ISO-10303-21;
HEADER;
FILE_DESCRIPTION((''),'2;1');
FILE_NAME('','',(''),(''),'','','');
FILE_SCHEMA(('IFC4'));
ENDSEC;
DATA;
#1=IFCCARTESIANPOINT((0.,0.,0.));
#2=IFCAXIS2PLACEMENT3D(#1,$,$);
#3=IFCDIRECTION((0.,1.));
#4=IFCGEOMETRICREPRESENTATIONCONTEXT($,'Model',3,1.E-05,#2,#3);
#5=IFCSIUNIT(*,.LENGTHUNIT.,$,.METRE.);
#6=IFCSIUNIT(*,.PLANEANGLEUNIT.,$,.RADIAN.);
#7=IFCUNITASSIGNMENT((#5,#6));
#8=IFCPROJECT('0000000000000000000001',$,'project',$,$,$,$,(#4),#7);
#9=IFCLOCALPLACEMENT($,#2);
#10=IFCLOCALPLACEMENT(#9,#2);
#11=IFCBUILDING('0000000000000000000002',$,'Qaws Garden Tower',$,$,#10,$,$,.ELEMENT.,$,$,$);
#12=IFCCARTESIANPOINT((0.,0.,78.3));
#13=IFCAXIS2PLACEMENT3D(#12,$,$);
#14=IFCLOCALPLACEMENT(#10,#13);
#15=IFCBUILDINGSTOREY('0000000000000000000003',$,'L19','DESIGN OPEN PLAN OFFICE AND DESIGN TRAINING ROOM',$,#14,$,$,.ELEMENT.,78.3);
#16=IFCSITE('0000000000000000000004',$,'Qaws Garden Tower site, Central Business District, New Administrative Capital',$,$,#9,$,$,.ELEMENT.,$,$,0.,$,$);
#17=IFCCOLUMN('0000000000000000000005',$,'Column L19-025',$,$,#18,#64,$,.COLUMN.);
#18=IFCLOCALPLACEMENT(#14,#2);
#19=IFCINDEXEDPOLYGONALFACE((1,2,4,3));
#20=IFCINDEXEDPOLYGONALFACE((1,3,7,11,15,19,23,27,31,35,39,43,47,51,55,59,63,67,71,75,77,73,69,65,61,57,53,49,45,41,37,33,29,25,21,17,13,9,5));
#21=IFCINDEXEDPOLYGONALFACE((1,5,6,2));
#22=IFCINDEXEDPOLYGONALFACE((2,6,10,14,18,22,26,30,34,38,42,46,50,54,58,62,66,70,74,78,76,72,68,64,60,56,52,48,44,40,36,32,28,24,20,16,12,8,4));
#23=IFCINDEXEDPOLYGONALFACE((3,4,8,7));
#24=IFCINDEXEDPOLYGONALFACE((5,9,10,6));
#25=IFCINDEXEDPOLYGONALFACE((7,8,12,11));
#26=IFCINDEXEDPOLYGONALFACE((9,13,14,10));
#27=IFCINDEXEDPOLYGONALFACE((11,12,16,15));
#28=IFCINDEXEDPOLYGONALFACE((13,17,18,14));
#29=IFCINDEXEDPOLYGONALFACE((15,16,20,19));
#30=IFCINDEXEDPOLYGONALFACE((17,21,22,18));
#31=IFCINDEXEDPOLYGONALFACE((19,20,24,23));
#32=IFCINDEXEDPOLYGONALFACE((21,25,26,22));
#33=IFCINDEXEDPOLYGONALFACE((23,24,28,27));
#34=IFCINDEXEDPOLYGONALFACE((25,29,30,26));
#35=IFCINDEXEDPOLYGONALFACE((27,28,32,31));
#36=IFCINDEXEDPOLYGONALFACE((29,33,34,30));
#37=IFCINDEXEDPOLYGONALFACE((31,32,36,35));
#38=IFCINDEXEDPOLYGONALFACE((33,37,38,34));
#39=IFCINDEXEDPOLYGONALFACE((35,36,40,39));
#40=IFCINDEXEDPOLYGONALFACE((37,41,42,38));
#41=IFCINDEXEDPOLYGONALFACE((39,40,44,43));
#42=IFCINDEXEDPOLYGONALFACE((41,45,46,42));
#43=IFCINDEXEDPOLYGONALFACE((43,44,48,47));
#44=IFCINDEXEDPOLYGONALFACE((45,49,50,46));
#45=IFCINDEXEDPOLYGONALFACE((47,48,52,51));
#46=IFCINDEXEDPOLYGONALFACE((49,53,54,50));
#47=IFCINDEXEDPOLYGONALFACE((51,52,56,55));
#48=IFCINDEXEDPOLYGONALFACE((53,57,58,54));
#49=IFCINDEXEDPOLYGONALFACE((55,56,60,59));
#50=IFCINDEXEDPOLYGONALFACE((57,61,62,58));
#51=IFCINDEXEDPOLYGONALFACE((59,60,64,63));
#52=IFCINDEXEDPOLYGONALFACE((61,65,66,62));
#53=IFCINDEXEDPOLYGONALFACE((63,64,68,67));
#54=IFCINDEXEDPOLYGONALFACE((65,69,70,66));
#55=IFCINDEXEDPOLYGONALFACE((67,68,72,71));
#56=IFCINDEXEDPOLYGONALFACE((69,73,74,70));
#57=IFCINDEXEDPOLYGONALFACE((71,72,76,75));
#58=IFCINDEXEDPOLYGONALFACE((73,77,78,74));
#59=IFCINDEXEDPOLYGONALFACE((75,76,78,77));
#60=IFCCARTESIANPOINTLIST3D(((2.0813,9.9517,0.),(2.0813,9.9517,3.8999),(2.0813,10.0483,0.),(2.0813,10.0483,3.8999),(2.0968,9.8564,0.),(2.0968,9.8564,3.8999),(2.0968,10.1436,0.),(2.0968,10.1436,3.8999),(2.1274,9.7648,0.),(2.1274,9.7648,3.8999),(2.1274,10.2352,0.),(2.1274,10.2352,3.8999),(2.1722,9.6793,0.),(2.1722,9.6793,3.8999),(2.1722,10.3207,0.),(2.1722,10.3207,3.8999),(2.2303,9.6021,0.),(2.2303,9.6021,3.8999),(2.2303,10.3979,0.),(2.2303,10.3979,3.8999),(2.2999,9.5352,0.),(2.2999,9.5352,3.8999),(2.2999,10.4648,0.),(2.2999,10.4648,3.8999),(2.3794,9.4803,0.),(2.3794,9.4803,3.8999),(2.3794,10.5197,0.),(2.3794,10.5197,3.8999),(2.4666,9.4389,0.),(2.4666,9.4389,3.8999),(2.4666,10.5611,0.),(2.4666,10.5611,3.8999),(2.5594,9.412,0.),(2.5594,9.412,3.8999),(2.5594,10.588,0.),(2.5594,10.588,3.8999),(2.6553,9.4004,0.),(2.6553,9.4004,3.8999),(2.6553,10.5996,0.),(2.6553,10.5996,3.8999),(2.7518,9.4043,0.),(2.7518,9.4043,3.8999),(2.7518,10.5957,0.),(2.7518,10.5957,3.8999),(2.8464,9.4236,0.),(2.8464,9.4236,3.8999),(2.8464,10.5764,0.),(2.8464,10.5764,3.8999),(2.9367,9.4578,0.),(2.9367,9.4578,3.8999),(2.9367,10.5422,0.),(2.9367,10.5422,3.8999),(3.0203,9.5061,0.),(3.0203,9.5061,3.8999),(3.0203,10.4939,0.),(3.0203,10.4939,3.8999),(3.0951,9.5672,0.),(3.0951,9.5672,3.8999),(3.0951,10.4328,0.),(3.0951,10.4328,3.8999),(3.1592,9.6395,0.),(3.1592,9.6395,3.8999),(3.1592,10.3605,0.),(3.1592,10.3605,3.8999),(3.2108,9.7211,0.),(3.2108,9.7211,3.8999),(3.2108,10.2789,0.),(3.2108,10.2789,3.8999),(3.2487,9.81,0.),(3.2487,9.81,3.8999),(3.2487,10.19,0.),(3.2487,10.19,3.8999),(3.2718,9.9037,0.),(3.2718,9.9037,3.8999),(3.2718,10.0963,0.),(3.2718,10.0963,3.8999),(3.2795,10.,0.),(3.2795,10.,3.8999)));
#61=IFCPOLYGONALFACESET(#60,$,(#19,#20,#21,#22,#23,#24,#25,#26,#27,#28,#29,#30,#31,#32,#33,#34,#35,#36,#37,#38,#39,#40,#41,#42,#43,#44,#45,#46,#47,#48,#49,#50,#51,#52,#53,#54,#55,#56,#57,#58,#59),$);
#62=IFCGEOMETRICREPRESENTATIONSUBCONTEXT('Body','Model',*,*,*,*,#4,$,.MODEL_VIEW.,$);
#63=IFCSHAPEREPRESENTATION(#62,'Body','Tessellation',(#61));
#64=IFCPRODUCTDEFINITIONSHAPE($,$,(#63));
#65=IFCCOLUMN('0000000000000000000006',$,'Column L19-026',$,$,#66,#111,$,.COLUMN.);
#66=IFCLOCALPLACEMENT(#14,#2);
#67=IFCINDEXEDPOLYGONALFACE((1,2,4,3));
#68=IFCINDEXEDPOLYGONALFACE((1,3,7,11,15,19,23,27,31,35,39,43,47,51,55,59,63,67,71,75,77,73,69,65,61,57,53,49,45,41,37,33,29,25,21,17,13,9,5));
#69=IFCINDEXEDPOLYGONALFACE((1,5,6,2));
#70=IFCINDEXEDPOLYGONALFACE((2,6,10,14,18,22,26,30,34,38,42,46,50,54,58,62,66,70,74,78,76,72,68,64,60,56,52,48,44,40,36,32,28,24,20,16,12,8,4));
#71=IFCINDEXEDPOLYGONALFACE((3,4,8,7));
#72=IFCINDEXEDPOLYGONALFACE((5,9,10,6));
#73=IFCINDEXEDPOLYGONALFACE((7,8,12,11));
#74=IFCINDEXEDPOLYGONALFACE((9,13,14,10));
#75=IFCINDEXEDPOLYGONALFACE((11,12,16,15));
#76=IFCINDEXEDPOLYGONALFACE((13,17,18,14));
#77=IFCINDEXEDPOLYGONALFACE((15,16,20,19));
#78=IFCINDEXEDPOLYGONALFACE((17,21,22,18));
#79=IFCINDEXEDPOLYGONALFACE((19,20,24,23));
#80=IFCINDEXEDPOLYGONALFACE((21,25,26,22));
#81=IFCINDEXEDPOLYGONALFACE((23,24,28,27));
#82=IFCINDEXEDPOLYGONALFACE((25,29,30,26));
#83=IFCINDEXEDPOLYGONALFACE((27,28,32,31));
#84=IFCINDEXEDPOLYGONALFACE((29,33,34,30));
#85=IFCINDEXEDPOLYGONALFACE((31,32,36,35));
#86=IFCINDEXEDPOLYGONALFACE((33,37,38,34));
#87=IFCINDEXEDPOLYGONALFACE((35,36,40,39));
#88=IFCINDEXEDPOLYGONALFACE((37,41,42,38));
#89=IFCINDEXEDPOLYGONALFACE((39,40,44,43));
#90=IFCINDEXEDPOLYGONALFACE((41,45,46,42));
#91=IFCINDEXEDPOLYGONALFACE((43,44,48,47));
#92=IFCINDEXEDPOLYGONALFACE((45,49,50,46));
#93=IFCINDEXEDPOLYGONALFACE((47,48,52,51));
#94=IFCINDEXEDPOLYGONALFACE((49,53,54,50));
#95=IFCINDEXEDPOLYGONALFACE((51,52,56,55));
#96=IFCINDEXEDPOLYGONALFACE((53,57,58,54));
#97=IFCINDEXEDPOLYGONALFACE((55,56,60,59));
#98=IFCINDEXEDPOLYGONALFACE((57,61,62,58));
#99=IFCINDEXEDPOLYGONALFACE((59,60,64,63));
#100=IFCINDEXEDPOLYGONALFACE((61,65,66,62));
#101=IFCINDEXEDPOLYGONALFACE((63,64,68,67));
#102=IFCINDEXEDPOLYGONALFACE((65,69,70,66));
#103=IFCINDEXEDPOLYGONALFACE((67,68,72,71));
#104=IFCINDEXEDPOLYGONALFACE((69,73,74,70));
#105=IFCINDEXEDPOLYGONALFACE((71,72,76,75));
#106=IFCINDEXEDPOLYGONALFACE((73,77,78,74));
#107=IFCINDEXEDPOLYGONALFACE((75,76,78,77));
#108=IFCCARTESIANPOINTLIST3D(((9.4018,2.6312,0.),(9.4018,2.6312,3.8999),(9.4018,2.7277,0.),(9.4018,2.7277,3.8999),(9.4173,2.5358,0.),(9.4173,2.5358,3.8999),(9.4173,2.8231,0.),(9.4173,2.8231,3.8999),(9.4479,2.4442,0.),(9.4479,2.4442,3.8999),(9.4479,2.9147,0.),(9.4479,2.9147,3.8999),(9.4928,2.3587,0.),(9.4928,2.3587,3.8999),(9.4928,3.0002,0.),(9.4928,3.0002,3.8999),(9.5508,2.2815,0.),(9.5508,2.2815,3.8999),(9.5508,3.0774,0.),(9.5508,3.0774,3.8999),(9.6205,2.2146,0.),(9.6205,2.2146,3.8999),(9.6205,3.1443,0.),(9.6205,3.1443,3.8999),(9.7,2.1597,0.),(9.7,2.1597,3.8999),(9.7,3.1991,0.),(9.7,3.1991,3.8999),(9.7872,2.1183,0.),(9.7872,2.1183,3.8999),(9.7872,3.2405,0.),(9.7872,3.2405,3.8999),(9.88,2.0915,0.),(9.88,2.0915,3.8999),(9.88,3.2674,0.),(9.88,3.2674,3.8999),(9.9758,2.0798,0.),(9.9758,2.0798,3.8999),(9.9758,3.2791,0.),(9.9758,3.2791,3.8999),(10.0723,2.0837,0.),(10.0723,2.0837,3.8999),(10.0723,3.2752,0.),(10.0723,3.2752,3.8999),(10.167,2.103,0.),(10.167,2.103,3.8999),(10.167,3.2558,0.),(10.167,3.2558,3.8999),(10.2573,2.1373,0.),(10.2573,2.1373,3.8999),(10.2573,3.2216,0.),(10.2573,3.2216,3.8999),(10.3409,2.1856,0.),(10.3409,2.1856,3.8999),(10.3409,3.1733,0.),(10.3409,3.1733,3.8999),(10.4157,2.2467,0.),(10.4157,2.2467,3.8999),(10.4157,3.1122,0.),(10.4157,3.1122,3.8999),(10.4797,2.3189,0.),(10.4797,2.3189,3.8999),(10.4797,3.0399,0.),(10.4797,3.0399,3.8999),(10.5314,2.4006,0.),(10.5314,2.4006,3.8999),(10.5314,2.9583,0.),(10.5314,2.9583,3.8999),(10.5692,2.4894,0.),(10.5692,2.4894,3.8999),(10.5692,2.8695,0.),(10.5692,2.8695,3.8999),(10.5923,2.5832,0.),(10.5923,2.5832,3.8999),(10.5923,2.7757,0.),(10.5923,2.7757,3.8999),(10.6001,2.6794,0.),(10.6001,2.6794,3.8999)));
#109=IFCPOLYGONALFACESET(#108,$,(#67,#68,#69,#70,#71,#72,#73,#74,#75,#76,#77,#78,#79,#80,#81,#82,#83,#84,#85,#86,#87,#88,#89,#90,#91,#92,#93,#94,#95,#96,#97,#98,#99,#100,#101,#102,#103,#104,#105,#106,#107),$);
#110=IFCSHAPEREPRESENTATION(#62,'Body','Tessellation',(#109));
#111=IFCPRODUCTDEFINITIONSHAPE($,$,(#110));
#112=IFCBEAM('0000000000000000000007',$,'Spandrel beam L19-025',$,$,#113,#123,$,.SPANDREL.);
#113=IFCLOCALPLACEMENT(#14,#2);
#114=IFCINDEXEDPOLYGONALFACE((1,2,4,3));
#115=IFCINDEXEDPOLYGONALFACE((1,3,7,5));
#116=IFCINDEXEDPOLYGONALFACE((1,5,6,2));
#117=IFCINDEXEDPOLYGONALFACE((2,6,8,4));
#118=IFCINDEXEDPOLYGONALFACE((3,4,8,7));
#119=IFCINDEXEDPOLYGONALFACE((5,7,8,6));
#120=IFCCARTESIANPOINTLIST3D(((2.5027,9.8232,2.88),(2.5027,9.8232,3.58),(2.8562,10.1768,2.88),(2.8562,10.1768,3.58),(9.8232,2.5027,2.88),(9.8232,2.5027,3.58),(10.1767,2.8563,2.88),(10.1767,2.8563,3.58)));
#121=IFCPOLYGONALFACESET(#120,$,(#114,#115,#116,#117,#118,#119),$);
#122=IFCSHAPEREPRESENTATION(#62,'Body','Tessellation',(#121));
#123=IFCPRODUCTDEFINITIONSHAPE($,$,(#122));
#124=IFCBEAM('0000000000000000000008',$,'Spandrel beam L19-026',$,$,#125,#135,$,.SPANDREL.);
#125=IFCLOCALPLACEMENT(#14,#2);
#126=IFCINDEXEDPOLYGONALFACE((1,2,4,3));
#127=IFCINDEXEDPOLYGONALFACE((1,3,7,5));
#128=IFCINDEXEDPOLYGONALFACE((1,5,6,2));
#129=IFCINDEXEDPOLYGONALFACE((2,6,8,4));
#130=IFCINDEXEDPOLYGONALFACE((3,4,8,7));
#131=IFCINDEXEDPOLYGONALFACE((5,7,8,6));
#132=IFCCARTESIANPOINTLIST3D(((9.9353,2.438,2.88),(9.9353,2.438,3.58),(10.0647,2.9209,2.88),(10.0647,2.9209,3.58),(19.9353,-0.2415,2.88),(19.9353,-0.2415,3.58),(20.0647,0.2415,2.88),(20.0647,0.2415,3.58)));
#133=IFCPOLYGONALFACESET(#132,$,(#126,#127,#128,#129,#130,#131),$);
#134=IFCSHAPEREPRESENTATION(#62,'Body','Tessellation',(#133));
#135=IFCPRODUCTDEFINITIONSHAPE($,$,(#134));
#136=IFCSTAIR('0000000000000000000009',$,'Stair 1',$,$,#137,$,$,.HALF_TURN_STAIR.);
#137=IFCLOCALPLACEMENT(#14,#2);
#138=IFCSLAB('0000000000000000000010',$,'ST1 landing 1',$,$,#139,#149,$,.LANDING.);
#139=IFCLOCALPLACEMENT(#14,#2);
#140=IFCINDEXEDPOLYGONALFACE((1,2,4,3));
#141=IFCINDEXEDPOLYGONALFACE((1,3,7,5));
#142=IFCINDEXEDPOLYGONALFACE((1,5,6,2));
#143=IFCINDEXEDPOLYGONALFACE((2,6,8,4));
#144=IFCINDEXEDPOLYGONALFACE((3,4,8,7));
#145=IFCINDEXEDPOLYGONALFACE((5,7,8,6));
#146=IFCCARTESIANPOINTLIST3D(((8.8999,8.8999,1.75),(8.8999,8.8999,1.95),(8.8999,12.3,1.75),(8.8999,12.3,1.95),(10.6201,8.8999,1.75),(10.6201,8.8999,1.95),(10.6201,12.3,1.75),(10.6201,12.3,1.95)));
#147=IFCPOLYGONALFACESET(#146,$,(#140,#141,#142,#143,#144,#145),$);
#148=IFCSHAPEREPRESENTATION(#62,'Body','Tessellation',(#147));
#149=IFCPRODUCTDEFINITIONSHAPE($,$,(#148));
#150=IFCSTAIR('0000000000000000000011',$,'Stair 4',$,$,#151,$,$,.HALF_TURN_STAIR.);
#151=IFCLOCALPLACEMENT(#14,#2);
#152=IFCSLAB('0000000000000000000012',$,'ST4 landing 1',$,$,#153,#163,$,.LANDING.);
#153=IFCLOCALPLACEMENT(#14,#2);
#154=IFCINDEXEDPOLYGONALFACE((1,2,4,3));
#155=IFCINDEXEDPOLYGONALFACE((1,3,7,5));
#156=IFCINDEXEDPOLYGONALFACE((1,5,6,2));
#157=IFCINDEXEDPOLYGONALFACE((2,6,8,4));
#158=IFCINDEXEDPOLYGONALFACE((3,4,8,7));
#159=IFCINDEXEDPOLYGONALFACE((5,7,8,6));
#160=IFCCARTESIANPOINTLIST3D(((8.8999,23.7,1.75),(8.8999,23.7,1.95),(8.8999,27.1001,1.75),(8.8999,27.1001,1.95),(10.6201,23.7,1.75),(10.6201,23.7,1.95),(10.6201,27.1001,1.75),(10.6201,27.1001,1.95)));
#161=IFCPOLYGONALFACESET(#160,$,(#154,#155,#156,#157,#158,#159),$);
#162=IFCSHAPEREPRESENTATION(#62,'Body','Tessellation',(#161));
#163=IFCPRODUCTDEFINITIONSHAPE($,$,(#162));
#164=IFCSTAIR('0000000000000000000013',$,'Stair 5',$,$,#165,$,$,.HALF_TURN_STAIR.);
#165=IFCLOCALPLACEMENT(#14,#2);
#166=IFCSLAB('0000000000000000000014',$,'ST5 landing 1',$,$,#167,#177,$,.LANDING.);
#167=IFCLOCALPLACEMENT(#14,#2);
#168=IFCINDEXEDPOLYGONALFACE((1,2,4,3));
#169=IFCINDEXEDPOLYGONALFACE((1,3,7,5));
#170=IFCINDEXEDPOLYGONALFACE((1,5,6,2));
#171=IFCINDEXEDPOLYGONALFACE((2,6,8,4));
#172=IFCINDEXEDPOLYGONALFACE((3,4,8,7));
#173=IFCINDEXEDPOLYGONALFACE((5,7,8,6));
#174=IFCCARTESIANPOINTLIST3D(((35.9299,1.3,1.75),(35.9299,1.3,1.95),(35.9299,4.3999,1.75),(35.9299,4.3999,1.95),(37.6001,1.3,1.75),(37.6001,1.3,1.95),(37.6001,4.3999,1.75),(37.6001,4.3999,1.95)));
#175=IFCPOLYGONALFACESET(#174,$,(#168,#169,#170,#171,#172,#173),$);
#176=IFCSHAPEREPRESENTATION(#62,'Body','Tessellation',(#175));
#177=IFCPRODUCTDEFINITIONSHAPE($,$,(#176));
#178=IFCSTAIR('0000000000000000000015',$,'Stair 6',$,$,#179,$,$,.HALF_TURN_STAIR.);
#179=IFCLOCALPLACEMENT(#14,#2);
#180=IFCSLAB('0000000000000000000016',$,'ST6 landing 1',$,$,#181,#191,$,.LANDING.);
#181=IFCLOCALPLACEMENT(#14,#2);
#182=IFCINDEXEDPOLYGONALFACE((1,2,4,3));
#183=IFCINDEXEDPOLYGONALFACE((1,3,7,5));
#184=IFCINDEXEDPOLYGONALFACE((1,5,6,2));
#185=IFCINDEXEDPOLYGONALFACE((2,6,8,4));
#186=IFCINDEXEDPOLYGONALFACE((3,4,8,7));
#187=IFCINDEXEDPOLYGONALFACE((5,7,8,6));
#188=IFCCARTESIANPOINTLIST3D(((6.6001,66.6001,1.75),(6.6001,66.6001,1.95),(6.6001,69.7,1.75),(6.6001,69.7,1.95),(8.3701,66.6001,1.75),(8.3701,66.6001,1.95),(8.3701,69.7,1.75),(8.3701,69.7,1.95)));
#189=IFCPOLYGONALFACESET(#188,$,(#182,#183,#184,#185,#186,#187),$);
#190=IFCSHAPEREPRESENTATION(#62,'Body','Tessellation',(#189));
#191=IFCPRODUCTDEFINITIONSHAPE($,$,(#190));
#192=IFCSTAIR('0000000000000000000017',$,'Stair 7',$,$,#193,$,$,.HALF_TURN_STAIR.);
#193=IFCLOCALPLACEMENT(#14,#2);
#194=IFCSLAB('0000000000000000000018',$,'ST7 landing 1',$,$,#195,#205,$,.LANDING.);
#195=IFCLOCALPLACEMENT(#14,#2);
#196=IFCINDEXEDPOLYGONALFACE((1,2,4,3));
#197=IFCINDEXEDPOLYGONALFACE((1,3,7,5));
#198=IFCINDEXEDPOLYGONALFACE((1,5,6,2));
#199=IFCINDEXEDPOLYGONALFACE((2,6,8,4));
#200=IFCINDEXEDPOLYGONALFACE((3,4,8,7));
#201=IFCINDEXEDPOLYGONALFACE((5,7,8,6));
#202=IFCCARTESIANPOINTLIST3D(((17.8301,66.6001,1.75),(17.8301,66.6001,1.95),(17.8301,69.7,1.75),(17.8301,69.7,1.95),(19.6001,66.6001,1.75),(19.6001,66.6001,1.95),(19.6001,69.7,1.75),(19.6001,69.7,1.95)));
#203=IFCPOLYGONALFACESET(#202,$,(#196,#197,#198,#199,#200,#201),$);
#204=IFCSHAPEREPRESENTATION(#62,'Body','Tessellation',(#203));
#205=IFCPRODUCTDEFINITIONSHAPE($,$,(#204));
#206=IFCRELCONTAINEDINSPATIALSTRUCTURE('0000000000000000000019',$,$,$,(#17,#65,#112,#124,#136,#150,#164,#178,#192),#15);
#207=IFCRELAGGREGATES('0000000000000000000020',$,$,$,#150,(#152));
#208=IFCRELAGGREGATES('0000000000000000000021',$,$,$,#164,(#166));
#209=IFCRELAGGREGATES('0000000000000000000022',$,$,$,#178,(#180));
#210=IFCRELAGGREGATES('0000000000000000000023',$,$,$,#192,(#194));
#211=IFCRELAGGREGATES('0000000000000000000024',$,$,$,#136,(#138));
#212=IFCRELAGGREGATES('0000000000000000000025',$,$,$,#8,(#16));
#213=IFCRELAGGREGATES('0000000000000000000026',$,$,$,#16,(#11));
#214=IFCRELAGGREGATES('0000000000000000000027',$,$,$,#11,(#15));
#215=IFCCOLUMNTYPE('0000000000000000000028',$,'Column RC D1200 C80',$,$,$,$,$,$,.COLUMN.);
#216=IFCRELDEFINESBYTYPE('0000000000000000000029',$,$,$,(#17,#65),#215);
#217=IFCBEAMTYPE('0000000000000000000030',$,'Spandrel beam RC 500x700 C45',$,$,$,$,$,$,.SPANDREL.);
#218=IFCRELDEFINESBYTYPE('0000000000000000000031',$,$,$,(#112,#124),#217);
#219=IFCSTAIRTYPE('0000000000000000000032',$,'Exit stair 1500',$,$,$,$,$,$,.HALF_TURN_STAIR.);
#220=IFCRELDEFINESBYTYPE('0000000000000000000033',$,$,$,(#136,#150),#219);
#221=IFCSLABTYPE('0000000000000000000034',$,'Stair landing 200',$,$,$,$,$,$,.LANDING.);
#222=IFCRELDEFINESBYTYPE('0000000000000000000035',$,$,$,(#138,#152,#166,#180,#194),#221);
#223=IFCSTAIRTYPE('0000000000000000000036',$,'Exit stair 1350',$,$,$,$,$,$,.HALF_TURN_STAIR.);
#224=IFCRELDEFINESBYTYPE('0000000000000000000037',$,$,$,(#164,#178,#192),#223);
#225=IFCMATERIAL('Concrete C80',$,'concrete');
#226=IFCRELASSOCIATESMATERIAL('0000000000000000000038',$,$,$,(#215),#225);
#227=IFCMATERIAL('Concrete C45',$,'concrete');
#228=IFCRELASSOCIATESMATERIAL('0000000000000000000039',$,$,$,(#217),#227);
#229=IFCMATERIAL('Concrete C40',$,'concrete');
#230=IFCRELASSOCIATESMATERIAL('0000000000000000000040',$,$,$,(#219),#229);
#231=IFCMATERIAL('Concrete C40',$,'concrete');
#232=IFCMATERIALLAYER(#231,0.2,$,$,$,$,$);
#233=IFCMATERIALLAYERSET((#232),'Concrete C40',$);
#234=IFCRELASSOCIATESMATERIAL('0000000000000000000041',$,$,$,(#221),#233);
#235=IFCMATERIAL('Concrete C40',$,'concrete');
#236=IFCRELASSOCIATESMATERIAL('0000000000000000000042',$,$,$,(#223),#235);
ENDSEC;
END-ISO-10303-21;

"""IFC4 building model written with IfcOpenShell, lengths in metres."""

from ifc_helpers import new_model, si_unit, direction, frame, origin, origin_2d, place, context, subcontext, project, spatial, polyline, rectangle, circle, outline, extrude, material, layer, layer_set, material_profile, profile_set, type_object, element, aggregate, save


model = new_model("IFC4")

# Units and contexts
model_context = context("Model", 3, precision=1e-05, world=origin(), true_north=direction((0.0, 1.0)))
body_context = subcontext(model_context, "Body", "Model", "MODEL_VIEW")
ifc_project = project(units=[si_unit("LENGTHUNIT", "METRE"), si_unit("PLANEANGLEUNIT", "RADIAN")], contexts=[model_context])

# Site, building, storey
site_placement = place(None, origin())
site = spatial("IfcSite", under=ifc_project, at=site_placement, Name="Qaws Garden Tower site, Central Business District, New Administrative Capital", CompositionType="ELEMENT", RefElevation=0.0)
building_placement = place(site_placement, origin())
building = spatial("IfcBuilding", under=site, at=building_placement, Name="Qaws Garden Tower", CompositionType="ELEMENT")
storey_placement = place(building_placement, frame((0.0, 0.0, 78.3)))
storey = spatial("IfcBuildingStorey", under=building, at=storey_placement, Name="L19", Description="DESIGN OPEN PLAN OFFICE AND DESIGN TRAINING ROOM", CompositionType="ELEMENT", Elevation=78.3)

# Columns
ifc_material_1 = material(Name="Concrete C80", Category="concrete")
ifc_material_profile_1 = material_profile(ifc_material_1, circle(Radius=0.6001, at=origin_2d()), Name="RC D1200")
ifc_profile_set_1 = profile_set([ifc_material_profile_1], Name="Concrete C80")
column_type = type_object("IfcColumnType", Name="Column RC D1200 C80", PredefinedType="COLUMN", material=ifc_profile_set_1)
for number, where, z_axis, x_axis, name in (
    (1, (2.6794, 10.0, 0.0), (0.0, 0.0, 1.0), (1.0, 0.0, 0.0), "Column L19-025"),
    (2, (10.0, 2.6794, 0.0), (0.0, 0.0, 1.0), (1.0, 0.0, 0.0), "Column L19-026"),
):
    element("IfcColumn", number, at=place(storey_placement, frame(where, z_axis=z_axis, x_axis=x_axis)), inside=storey, type_object=column_type, Name=name, PredefinedType="COLUMN", context=body_context, shape_type="SweptSolid", body=[
        extrude(circle(Radius=0.6001, at=origin_2d()), origin(), (0.0, 0.0, 1.0), 3.8999),
    ])

# Beams
ifc_material_2 = material(Name="Concrete C45", Category="concrete")
ifc_material_profile_2 = material_profile(ifc_material_2, rectangle(XDim=0.5, YDim=0.7, at=origin_2d()), Name="RC 500x700")
ifc_profile_set_2 = profile_set([ifc_material_profile_2], Name="Concrete C45")
beam_type = type_object("IfcBeamType", Name="Spandrel beam RC 500x700 C45", PredefinedType="SPANDREL", material=ifc_profile_set_2)
for number, where, z_axis, x_axis, name in (
    (3, (2.6794, 10.0, 3.23), (0.707107, -0.707107, 0.0), (0.707107, 0.707107, 0.0), "Spandrel beam L19-025"),
    (4, (10.0, 2.6794, 3.23), (0.965927, -0.258815, 0.0), (0.258815, 0.965927, 0.0), "Spandrel beam L19-026"),
):
    element("IfcBeam", number, at=place(storey_placement, frame(where, z_axis=z_axis, x_axis=x_axis)), inside=storey, type_object=beam_type, Name=name, PredefinedType="SPANDREL", context=body_context, shape_type="SweptSolid", body=[
        extrude(rectangle(XDim=0.5, YDim=0.7, at=origin_2d()), origin(), (0.0, 0.0, 1.0), 10.3528),
    ])

# Stairs, slabs
ifc_material_3 = material(Name="Concrete C40", Category="concrete")
stair_type_1 = type_object("IfcStairType", Name="Exit stair 1500", PredefinedType="HALF_TURN_STAIR", material=ifc_material_3)
placement_1 = place(storey_placement, origin())
stair_1 = element("IfcStair", 5, at=placement_1, inside=storey, type_object=stair_type_1, Name="Stair 1", PredefinedType="HALF_TURN_STAIR")
ifc_material_4 = material(Name="Concrete C40", Category="concrete")
ifc_layer_1 = layer(ifc_material_4, 0.2)
ifc_layer_set_1 = layer_set([ifc_layer_1], Name="Concrete C40")
slab_type = type_object("IfcSlabType", Name="Stair landing 200", PredefinedType="LANDING", material=ifc_layer_set_1)
placement_2 = place(storey_placement, frame((0.0, 0.0, 1.75)))
slab_1 = element("IfcSlab", 6, at=placement_2, type_object=slab_type, Name="ST1 landing 1", PredefinedType="LANDING", context=body_context, shape_type="SweptSolid", body=[
    extrude(outline(polyline([(8.8999, 8.8999), (10.6201, 8.8999), (10.6201, 12.3), (8.8999, 12.3), (8.8999, 8.8999)])), origin(), (0.0, 0.0, 1.0), 0.2),
])
stair_2 = element("IfcStair", 7, at=placement_1, inside=storey, type_object=stair_type_1, Name="Stair 4", PredefinedType="HALF_TURN_STAIR")
slab_2 = element("IfcSlab", 8, at=placement_2, type_object=slab_type, Name="ST4 landing 1", PredefinedType="LANDING", context=body_context, shape_type="SweptSolid", body=[
    extrude(outline(polyline([(8.8999, 23.7), (10.6201, 23.7), (10.6201, 27.1001), (8.8999, 27.1001), (8.8999, 23.7)])), origin(), (0.0, 0.0, 1.0), 0.2),
])
aggregate(stair_2, [slab_2])
ifc_material_5 = material(Name="Concrete C40", Category="concrete")
stair_type_2 = type_object("IfcStairType", Name="Exit stair 1350", PredefinedType="HALF_TURN_STAIR", material=ifc_material_5)
stair_3 = element("IfcStair", 9, at=placement_1, inside=storey, type_object=stair_type_2, Name="Stair 5", PredefinedType="HALF_TURN_STAIR")
slab_3 = element("IfcSlab", 10, at=placement_2, type_object=slab_type, Name="ST5 landing 1", PredefinedType="LANDING", context=body_context, shape_type="SweptSolid", body=[
    extrude(outline(polyline([(35.9299, 1.3), (37.6001, 1.3), (37.6001, 4.3999), (35.9299, 4.3999), (35.9299, 1.3)])), origin(), (0.0, 0.0, 1.0), 0.2),
])
aggregate(stair_3, [slab_3])
stair_4 = element("IfcStair", 11, at=placement_1, inside=storey, type_object=stair_type_2, Name="Stair 6", PredefinedType="HALF_TURN_STAIR")
slab_4 = element("IfcSlab", 12, at=placement_2, type_object=slab_type, Name="ST6 landing 1", PredefinedType="LANDING", context=body_context, shape_type="SweptSolid", body=[
    extrude(outline(polyline([(6.6001, 66.6001), (8.3701, 66.6001), (8.3701, 69.7), (6.6001, 69.7), (6.6001, 66.6001)])), origin(), (0.0, 0.0, 1.0), 0.2),
])
aggregate(stair_4, [slab_4])
stair_5 = element("IfcStair", 13, at=placement_1, inside=storey, type_object=stair_type_2, Name="Stair 7", PredefinedType="HALF_TURN_STAIR")
slab_5 = element("IfcSlab", 14, at=placement_2, type_object=slab_type, Name="ST7 landing 1", PredefinedType="LANDING", context=body_context, shape_type="SweptSolid", body=[
    extrude(outline(polyline([(17.8301, 66.6001), (19.6001, 66.6001), (19.6001, 69.7), (17.8301, 69.7), (17.8301, 66.6001)])), origin(), (0.0, 0.0, 1.0), 0.2),
])
aggregate(stair_5, [slab_5])

aggregate(stair_1, [slab_1])

save(model, "model.ifc")
